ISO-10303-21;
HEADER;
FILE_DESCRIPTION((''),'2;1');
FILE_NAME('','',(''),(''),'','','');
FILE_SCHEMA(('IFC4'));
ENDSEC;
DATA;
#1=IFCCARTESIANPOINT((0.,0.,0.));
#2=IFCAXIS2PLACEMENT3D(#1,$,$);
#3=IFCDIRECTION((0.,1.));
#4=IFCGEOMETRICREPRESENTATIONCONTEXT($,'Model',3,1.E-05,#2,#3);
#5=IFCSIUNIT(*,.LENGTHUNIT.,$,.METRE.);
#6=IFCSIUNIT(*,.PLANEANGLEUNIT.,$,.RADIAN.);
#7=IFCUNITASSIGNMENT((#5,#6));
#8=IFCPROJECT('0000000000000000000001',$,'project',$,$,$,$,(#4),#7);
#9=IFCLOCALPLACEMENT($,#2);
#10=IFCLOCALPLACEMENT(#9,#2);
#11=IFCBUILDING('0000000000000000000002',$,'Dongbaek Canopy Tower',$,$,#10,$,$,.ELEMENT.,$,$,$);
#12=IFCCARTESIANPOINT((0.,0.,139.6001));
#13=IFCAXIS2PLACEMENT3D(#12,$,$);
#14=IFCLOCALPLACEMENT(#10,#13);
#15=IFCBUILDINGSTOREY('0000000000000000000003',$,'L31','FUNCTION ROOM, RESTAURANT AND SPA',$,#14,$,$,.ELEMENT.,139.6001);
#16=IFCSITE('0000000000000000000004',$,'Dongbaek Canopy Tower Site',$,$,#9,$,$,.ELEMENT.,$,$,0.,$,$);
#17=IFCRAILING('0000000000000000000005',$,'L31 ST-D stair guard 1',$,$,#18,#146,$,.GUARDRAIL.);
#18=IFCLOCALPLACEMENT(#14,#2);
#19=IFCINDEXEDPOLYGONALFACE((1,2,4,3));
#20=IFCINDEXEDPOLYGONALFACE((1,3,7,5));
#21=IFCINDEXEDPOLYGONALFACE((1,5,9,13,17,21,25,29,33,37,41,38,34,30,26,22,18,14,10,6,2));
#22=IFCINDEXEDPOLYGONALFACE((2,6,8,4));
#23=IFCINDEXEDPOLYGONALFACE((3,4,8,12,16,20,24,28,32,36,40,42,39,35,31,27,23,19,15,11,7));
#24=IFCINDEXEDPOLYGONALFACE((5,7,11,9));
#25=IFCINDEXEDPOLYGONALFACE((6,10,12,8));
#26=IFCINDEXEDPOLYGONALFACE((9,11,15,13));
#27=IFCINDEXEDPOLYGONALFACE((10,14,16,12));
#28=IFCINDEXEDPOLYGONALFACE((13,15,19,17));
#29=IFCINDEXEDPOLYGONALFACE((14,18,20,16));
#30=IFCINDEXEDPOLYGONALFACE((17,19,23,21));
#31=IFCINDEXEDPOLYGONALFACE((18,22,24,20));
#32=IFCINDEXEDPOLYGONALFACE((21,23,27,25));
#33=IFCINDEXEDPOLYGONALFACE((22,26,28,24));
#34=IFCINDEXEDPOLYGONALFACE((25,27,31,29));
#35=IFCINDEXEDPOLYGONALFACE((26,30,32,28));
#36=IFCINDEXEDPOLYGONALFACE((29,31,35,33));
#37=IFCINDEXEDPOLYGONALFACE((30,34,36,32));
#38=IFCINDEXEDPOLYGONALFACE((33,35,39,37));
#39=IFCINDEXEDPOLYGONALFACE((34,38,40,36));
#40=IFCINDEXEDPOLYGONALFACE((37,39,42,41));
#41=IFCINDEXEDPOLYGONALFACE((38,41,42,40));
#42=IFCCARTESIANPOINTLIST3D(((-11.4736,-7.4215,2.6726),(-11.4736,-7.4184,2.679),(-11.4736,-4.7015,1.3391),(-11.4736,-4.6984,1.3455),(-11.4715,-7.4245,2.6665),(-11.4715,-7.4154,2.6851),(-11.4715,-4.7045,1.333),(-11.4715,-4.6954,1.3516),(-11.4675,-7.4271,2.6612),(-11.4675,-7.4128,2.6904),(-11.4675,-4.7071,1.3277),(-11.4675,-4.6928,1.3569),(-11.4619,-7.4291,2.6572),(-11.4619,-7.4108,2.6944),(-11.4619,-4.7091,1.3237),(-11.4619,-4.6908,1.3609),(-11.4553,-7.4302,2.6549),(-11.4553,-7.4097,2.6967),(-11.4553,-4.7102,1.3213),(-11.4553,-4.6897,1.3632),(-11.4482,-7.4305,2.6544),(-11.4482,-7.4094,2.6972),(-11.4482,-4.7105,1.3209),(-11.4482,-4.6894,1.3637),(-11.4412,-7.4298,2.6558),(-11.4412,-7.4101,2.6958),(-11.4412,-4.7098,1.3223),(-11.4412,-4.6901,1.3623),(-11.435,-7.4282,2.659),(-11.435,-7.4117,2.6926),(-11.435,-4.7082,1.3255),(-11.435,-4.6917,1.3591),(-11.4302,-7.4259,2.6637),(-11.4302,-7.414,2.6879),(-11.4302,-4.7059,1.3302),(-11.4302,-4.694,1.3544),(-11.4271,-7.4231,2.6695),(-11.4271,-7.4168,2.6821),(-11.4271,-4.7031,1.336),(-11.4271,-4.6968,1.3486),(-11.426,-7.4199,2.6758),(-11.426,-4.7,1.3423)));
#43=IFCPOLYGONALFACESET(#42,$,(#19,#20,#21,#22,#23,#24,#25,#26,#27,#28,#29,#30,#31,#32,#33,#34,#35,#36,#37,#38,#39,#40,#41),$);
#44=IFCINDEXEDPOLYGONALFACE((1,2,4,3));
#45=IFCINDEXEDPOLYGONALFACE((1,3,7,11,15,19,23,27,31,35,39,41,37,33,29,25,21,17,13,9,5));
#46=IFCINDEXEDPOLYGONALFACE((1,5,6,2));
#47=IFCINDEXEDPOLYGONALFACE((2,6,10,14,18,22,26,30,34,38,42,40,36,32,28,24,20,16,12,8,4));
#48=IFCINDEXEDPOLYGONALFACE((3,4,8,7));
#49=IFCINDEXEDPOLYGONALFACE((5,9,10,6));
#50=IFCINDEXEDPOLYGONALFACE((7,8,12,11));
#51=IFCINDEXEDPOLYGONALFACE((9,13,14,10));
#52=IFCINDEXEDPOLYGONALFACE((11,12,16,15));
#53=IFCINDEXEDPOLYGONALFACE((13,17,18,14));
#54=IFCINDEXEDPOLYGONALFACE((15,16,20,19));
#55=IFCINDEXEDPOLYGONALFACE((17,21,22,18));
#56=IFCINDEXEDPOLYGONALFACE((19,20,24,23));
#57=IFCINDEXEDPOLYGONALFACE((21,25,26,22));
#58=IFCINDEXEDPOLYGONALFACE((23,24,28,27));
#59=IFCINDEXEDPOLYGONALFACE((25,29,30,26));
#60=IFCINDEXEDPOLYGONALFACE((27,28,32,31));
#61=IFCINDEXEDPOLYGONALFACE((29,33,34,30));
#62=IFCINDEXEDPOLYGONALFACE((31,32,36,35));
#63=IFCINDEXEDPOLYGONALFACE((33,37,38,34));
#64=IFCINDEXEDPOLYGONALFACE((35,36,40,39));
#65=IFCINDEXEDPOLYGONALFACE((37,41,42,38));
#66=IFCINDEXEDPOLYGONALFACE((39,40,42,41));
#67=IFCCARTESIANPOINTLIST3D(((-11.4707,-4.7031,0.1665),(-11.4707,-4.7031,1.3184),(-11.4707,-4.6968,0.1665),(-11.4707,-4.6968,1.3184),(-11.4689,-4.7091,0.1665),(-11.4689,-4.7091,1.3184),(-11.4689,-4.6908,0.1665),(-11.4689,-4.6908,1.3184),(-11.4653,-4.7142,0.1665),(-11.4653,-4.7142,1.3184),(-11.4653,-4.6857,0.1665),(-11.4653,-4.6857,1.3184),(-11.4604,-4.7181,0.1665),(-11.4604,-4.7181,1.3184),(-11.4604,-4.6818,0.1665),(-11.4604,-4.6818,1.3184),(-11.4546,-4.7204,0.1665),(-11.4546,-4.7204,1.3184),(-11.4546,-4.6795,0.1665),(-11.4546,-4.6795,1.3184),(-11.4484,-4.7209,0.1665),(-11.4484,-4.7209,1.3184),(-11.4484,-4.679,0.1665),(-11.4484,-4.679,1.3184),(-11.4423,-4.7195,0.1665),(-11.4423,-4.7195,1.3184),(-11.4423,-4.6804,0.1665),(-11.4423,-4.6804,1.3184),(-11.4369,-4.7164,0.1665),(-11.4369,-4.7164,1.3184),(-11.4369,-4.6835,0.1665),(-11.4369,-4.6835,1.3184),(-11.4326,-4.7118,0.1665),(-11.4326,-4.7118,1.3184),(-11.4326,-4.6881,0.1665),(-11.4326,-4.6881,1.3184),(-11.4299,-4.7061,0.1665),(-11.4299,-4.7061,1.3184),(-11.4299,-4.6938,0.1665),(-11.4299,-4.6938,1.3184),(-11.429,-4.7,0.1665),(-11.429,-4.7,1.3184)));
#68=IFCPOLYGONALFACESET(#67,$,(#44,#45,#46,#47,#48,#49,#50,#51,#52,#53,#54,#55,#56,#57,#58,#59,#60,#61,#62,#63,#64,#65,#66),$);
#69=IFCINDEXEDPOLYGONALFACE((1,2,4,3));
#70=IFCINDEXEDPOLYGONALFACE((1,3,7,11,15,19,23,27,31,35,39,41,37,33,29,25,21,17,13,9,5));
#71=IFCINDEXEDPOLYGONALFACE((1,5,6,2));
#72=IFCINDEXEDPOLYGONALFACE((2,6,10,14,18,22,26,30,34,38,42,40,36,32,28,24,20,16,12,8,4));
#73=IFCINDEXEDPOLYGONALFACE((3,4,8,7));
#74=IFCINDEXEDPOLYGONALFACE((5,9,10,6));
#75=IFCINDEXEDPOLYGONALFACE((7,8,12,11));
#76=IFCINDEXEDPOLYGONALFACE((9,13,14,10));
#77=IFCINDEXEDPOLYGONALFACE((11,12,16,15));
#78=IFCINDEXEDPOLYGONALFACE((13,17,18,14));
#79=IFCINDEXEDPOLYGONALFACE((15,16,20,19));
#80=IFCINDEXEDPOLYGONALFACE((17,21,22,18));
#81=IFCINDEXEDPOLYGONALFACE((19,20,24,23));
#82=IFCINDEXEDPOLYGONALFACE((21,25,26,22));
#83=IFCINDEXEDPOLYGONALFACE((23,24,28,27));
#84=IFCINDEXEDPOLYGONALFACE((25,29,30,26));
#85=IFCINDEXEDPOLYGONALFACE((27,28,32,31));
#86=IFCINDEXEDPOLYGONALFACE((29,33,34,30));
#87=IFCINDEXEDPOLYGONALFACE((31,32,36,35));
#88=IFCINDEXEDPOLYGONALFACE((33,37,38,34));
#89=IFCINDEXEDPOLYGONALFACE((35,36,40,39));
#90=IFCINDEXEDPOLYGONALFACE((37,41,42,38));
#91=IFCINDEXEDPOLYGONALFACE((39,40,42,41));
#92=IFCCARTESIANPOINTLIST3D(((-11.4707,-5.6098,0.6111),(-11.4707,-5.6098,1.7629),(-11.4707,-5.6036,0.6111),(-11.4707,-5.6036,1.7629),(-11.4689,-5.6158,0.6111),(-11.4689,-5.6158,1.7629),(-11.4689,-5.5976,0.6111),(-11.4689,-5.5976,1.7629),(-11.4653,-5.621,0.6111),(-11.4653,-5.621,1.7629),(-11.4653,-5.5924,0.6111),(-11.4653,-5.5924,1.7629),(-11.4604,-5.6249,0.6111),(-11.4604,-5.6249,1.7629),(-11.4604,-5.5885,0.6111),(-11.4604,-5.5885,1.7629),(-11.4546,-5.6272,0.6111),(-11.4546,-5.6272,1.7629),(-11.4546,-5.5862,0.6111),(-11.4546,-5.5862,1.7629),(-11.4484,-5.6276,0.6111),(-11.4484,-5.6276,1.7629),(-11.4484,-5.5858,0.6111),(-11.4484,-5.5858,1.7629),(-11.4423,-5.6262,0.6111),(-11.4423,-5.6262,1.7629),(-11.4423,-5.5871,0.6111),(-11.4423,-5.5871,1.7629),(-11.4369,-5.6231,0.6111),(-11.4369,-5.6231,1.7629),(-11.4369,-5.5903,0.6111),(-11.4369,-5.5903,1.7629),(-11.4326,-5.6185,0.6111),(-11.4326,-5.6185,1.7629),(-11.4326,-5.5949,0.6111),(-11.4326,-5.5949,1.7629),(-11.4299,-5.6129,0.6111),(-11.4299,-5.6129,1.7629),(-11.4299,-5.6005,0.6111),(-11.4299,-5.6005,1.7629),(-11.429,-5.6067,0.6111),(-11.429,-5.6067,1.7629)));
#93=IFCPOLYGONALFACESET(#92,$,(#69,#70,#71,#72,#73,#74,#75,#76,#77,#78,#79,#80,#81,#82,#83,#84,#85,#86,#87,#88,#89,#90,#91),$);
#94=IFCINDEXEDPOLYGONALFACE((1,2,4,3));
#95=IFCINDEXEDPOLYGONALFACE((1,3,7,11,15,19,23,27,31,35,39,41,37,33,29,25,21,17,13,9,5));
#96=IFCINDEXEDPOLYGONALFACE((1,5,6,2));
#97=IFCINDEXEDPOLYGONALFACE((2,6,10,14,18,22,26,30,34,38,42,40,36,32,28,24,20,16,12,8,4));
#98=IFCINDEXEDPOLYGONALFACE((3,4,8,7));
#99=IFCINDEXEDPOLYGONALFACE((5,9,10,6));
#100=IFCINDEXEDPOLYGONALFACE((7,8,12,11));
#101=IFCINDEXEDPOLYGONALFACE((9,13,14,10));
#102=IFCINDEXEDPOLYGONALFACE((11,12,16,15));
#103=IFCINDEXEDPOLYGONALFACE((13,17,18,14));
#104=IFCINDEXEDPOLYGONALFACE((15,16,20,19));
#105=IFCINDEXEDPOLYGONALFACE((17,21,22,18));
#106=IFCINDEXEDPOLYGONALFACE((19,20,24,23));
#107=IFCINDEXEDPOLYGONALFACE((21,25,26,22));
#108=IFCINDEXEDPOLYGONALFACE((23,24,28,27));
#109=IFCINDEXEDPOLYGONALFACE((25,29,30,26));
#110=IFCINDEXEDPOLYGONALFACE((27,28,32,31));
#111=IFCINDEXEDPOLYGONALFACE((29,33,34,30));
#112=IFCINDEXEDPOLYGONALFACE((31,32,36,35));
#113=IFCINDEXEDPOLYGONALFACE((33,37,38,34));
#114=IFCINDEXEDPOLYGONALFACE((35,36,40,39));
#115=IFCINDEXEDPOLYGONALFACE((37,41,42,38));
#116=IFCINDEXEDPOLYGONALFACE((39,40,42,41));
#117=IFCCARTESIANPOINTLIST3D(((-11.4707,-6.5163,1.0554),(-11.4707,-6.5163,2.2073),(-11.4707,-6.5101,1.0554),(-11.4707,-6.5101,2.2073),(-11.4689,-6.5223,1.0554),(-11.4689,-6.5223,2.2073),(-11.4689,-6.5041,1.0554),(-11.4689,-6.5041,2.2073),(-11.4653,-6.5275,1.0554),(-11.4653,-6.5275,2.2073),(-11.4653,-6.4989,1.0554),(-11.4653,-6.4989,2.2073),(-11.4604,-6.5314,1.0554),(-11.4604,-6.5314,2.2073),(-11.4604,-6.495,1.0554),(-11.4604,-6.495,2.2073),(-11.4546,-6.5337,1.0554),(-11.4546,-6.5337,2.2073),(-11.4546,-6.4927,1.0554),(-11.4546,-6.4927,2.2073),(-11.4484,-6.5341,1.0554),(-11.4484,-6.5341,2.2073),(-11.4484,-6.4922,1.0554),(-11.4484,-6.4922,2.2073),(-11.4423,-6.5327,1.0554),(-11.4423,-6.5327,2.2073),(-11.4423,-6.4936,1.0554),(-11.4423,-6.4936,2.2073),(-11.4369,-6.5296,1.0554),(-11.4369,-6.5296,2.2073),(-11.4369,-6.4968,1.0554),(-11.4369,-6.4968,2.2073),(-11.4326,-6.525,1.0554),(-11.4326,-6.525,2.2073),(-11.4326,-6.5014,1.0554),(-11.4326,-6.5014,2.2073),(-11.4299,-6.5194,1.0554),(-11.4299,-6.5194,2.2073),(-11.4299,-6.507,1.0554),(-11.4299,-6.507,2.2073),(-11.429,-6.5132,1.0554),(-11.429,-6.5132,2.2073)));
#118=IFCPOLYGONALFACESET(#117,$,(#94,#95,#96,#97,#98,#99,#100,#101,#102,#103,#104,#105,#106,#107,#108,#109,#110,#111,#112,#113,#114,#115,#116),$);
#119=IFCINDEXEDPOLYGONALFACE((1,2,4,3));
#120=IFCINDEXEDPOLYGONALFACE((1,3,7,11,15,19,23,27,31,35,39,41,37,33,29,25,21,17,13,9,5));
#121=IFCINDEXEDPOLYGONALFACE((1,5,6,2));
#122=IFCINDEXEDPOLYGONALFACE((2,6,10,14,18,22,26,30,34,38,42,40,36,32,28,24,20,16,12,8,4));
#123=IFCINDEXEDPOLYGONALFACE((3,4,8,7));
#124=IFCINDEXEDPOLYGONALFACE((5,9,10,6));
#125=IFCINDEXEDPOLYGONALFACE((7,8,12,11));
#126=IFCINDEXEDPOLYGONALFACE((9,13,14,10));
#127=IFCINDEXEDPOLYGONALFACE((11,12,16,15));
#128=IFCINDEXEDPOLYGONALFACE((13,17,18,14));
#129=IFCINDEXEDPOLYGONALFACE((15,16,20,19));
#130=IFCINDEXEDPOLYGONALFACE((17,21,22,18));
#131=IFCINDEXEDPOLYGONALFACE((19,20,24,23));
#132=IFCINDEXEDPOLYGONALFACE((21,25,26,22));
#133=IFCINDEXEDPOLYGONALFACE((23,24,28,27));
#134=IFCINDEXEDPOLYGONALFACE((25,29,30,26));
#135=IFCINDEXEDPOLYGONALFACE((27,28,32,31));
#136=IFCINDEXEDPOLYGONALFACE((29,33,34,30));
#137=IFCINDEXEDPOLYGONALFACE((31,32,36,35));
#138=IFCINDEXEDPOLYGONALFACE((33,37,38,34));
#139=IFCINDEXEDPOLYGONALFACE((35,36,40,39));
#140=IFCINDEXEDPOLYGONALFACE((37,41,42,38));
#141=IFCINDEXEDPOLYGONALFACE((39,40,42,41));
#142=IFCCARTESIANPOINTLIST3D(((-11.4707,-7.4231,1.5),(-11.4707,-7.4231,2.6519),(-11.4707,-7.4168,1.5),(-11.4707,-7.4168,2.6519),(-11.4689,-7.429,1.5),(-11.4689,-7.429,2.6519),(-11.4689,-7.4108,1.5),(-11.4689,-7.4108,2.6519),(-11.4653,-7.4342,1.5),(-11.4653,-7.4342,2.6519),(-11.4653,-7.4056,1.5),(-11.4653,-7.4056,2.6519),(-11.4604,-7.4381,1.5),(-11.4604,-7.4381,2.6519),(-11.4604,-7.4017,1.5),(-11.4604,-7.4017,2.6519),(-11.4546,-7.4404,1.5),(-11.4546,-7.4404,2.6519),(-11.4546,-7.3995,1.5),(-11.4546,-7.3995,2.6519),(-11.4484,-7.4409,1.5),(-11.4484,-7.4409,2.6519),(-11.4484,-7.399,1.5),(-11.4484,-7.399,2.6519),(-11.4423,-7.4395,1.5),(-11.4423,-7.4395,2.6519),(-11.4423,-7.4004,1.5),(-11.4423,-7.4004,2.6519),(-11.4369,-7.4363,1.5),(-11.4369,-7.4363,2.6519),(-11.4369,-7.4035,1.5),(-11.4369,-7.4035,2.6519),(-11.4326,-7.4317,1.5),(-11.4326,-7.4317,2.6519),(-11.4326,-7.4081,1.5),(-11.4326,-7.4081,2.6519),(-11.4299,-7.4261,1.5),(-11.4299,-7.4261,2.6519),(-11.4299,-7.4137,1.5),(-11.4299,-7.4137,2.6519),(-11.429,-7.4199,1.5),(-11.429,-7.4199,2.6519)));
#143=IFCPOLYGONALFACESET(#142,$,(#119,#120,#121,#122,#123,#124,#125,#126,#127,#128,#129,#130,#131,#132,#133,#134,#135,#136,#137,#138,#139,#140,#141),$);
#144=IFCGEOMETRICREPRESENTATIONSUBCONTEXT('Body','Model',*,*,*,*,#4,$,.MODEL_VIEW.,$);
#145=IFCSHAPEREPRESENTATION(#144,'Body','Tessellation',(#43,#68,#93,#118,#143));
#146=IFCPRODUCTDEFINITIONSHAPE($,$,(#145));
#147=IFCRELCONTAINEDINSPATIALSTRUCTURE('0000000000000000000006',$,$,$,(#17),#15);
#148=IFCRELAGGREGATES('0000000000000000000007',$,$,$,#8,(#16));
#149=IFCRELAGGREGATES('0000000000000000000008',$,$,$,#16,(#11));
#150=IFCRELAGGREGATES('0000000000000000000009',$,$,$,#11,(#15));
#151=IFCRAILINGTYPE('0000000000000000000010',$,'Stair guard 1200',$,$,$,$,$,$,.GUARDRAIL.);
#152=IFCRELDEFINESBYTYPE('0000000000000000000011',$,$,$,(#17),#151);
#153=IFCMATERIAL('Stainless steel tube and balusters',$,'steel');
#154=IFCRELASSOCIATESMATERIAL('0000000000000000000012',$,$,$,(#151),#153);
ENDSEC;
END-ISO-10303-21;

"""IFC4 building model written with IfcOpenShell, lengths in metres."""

from ifc_helpers import new_model, si_unit, direction, frame, origin, origin_2d, place, context, subcontext, project, spatial, circle, extrude, material, type_object, element, save


model = new_model("IFC4")

# Units and contexts
model_context = context("Model", 3, precision=1e-05, world=origin(), true_north=direction((0.0, 1.0)))
body_context = subcontext(model_context, "Body", "Model", "MODEL_VIEW")
ifc_project = project(units=[si_unit("LENGTHUNIT", "METRE"), si_unit("PLANEANGLEUNIT", "RADIAN")], contexts=[model_context])

# Site, building, storey
site_placement = place(None, origin())
site = spatial("IfcSite", under=ifc_project, at=site_placement, Name="Dongbaek Canopy Tower Site", CompositionType="ELEMENT", RefElevation=0.0)
building_placement = place(site_placement, origin())
building = spatial("IfcBuilding", under=site, at=building_placement, Name="Dongbaek Canopy Tower", CompositionType="ELEMENT")
storey_placement = place(building_placement, frame((0.0, 0.0, 139.6001)))
storey = spatial("IfcBuildingStorey", under=building, at=storey_placement, Name="L31", Description="FUNCTION ROOM, RESTAURANT AND SPA", CompositionType="ELEMENT", Elevation=139.6001)

# Railing
ifc_material_1 = material(Name="Stainless steel tube and balusters", Category="steel")
railing_type_1 = type_object("IfcRailingType", Name="Stair guard 1200", PredefinedType="GUARDRAIL", material=ifc_material_1)
railing_1_placement = place(storey_placement, frame((-11.45, -4.7, 0.1665)))
element("IfcRailing", 1, at=railing_1_placement, inside=storey, type_object=railing_type_1, Name="L31 ST-D stair guard 1", PredefinedType="GUARDRAIL", context=body_context, shape_type="SweptSolid", body=[
    extrude(circle(Radius=0.0239, at=origin_2d()), frame((0.0, 0.0, 1.1758), z_axis=(0.0, -0.897898, 0.440204), x_axis=(1.0, 0.0, 0.0)), (0.0, 0.0, 1.0), 3.0293),
    extrude(circle(Radius=0.021, at=origin_2d()), origin(), (0.0, 0.0, 1.0), 1.1519),
    extrude(circle(Radius=0.021, at=origin_2d()), frame((0.0, -0.9067, 0.4446)), (0.0, 0.0, 1.0), 1.1519),
    extrude(circle(Radius=0.021, at=origin_2d()), frame((0.0, -1.8132, 0.8889)), (0.0, 0.0, 1.0), 1.1519),
    extrude(circle(Radius=0.021, at=origin_2d()), frame((0.0, -2.72, 1.3335)), (0.0, 0.0, 1.0), 1.1519),
])

save(model, "model.ifc")
